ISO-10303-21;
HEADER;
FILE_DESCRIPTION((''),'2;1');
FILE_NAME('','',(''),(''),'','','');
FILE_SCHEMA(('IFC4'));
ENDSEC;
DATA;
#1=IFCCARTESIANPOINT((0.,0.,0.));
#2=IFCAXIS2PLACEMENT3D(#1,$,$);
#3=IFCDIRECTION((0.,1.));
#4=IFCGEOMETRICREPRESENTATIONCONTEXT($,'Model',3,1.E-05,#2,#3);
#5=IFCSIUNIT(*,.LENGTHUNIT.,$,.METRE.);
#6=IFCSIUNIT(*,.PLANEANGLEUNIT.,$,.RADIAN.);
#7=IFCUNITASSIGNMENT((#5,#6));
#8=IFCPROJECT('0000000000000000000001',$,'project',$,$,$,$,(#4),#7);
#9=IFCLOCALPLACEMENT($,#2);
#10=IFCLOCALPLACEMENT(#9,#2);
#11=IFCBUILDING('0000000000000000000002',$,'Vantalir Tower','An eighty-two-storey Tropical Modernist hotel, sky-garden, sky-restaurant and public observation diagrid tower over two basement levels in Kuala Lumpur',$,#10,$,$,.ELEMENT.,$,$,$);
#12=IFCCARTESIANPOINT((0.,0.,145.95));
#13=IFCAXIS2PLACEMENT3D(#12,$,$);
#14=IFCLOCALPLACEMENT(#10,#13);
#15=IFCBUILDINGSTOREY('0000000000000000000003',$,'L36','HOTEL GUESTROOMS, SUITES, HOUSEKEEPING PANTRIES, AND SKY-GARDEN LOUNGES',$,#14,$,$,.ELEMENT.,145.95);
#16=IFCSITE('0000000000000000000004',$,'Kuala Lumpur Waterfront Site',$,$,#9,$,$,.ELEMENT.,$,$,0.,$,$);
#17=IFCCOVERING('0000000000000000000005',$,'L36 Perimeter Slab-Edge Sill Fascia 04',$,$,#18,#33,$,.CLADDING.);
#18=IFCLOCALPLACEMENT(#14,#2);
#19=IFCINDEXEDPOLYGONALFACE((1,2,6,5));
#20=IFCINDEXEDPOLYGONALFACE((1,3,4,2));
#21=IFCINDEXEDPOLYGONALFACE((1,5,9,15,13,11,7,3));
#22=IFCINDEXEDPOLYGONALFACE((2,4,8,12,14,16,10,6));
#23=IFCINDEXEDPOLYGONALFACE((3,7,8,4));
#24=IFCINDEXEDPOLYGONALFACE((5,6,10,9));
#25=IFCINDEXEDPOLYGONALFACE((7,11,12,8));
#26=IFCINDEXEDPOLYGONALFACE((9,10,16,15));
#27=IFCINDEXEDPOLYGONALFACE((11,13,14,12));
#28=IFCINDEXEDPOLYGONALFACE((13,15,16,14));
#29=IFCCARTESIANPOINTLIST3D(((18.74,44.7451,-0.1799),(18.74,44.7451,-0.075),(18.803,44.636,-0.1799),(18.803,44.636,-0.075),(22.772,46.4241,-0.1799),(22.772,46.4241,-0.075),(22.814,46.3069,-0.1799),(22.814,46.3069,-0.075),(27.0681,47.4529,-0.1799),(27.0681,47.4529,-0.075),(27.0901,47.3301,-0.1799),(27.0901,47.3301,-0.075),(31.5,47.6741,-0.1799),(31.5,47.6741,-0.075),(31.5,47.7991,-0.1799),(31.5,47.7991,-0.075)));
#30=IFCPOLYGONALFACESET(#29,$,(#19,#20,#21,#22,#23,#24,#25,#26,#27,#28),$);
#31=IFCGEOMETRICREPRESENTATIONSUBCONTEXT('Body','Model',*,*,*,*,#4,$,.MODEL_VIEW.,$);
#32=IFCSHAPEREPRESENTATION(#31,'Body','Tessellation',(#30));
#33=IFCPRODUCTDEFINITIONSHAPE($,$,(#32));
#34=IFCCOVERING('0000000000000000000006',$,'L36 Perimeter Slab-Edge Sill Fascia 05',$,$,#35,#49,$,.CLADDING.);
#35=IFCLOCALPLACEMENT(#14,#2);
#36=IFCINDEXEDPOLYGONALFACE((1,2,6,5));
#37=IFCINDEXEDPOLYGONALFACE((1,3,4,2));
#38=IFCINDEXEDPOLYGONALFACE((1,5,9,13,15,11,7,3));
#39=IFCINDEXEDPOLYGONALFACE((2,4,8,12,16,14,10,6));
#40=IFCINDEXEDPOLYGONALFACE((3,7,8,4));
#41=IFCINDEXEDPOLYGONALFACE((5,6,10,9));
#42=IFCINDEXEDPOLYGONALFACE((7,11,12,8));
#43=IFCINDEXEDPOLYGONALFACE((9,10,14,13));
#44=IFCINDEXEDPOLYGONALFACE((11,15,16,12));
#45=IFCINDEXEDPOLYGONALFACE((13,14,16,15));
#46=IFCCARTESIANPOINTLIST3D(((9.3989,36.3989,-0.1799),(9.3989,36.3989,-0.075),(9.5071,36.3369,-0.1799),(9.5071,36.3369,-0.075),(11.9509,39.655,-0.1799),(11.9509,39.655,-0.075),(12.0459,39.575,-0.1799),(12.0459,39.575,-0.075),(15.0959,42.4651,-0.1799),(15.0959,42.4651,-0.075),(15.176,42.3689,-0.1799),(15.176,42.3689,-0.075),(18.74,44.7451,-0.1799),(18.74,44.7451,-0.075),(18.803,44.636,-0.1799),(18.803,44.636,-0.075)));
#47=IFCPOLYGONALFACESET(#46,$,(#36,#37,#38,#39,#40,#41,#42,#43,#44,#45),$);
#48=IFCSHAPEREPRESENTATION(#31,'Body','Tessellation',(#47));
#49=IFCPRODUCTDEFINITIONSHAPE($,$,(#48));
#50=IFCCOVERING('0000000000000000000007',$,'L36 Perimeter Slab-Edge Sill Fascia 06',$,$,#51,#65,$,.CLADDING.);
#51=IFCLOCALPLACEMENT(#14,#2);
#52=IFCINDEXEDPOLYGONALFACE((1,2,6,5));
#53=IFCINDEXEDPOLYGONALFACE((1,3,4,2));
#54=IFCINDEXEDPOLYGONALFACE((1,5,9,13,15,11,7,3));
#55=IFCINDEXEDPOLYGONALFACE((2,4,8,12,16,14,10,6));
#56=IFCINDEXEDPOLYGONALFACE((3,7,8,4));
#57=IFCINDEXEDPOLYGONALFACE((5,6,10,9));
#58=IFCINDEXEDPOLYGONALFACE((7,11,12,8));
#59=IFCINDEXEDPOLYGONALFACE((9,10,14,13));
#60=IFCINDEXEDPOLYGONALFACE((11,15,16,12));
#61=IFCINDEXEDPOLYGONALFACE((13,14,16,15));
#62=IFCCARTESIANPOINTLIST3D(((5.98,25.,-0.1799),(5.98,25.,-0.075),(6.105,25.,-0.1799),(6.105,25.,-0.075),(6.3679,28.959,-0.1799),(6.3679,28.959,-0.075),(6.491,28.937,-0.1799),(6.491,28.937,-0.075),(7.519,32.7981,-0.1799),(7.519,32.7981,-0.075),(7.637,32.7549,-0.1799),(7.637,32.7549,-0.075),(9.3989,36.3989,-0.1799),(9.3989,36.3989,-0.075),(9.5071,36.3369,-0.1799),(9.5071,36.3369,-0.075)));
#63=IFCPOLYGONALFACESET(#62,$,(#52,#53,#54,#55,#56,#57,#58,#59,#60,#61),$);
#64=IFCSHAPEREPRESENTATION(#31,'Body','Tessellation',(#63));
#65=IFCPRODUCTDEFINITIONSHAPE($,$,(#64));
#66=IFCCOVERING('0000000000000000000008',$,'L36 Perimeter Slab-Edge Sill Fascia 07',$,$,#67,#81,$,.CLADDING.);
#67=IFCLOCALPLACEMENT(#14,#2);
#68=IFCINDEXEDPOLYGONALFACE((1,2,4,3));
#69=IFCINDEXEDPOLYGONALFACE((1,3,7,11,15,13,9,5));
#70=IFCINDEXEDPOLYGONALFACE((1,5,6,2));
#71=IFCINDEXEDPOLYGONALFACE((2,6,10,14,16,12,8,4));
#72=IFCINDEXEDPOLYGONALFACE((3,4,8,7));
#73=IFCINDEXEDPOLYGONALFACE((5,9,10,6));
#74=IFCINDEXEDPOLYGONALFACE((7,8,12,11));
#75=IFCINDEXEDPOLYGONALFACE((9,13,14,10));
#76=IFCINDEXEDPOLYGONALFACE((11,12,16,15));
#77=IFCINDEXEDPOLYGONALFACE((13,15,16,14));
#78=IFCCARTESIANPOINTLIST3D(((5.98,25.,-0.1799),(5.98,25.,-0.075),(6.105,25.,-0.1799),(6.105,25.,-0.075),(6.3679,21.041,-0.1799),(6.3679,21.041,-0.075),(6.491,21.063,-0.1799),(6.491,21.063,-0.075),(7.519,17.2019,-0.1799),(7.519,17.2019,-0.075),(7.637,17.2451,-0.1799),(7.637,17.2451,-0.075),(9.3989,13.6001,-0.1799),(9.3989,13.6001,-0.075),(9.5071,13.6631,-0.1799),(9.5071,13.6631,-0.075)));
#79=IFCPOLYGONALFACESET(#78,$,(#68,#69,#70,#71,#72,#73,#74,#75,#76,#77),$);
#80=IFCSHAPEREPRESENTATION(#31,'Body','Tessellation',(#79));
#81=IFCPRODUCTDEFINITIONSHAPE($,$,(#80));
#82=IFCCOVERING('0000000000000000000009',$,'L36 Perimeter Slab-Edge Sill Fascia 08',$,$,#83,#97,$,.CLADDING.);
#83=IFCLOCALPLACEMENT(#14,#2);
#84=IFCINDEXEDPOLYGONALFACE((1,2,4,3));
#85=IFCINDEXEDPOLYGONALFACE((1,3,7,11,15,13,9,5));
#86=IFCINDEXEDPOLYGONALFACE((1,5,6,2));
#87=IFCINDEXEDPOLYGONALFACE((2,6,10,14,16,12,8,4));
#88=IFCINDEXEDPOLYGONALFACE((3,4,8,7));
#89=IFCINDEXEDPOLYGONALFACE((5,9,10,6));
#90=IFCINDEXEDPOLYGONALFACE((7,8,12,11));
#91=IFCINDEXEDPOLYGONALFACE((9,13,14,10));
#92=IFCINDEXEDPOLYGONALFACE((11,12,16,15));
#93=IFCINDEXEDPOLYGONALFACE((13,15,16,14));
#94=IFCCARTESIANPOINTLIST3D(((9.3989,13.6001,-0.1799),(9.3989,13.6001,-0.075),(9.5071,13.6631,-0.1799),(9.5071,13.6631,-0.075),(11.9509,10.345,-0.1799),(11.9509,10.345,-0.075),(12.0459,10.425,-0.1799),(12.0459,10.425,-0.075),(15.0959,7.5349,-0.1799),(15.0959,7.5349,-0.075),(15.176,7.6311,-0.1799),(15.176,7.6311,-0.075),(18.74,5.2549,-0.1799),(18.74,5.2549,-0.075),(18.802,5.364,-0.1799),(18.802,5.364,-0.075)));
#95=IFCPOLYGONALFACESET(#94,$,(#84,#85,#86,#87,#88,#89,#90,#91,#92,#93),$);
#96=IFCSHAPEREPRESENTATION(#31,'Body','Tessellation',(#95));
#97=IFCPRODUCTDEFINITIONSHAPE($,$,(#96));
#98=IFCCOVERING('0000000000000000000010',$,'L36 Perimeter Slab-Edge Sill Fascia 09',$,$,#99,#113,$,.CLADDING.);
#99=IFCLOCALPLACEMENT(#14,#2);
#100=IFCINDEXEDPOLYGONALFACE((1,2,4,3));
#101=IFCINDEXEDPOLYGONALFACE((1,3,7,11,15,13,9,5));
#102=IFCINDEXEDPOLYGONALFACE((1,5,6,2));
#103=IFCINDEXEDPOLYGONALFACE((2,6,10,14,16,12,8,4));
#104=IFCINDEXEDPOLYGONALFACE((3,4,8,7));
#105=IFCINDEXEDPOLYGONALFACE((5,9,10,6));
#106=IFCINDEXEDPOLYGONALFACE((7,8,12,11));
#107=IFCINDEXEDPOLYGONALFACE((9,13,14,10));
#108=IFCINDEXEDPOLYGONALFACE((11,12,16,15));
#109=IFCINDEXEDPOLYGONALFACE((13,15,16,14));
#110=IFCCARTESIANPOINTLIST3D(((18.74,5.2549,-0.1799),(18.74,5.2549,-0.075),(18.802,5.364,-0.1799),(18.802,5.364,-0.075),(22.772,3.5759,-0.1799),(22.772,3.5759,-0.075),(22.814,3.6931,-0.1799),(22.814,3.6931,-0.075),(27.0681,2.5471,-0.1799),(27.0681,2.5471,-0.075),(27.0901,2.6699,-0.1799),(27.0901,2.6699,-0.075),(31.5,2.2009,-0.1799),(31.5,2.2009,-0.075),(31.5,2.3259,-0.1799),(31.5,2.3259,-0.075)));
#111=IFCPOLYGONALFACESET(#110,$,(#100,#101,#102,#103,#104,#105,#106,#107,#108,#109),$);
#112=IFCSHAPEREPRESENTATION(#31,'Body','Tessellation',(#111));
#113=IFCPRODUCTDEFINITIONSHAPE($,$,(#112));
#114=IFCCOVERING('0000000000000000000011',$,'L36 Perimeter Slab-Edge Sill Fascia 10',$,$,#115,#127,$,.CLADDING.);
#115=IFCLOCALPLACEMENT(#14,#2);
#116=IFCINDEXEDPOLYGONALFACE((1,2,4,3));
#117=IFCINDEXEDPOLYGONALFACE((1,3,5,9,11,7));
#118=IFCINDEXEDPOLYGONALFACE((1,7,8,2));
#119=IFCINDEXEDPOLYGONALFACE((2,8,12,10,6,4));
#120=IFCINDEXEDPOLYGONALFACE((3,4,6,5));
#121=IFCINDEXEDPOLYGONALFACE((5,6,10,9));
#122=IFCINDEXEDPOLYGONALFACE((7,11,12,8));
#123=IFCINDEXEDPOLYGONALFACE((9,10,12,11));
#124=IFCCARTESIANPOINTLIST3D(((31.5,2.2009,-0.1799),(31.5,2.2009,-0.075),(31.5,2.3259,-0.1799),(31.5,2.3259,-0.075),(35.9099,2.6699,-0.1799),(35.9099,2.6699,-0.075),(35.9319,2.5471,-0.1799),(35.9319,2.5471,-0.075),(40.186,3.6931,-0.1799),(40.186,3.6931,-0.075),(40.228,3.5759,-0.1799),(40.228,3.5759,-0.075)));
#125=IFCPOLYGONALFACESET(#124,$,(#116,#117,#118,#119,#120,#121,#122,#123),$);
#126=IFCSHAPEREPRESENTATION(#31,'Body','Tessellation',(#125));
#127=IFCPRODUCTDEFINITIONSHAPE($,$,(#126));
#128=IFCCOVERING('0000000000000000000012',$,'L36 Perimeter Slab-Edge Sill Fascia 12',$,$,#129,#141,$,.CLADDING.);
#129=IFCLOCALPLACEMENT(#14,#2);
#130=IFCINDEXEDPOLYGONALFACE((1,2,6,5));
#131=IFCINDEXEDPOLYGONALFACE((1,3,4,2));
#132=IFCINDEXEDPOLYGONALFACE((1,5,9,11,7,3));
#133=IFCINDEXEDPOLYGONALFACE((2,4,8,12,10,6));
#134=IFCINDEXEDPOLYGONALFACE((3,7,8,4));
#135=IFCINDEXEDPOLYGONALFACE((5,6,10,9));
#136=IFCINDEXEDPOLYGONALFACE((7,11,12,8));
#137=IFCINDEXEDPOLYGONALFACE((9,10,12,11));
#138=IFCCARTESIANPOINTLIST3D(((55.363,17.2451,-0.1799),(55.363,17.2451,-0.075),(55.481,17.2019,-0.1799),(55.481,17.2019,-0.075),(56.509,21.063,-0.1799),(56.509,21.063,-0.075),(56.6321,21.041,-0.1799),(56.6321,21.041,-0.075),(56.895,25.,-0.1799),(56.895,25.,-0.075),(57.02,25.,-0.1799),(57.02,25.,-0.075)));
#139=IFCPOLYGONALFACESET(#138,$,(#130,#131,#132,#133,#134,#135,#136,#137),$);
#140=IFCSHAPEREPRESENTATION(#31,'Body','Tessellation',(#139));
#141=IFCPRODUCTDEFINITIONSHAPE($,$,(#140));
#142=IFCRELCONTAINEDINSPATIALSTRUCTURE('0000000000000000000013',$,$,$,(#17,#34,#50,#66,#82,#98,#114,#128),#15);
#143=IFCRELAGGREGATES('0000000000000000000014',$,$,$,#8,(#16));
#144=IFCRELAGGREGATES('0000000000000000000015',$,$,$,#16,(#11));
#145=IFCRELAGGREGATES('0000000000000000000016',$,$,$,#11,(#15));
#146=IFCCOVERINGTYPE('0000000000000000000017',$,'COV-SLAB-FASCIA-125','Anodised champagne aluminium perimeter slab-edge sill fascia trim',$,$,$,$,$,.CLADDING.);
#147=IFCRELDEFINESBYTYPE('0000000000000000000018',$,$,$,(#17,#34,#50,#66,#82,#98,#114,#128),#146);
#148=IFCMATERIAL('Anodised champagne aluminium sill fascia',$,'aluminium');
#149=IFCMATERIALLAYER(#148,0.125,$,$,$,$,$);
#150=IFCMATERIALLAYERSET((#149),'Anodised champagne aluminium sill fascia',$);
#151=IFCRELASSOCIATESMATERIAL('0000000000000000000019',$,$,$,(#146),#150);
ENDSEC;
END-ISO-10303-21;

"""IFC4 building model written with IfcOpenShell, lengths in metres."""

from ifc_helpers import new_model, si_unit, direction, frame, origin, place, context, subcontext, project, spatial, polyline, outline, extrude, material, layer, layer_set, type_object, element, save


model = new_model("IFC4")

# Units and contexts
model_context = context("Model", 3, precision=1e-05, world=origin(), true_north=direction((0.0, 1.0)))
body_context = subcontext(model_context, "Body", "Model", "MODEL_VIEW")
ifc_project = project(units=[si_unit("LENGTHUNIT", "METRE"), si_unit("PLANEANGLEUNIT", "RADIAN")], contexts=[model_context])

# Site, building, storey
site_placement = place(None, origin())
site = spatial("IfcSite", under=ifc_project, at=site_placement, Name="Kuala Lumpur Waterfront Site", CompositionType="ELEMENT", RefElevation=0.0)
building_placement = place(site_placement, origin())
building = spatial("IfcBuilding", under=site, at=building_placement, Name="Vantalir Tower", Description="An eighty-two-storey Tropical Modernist hotel, sky-garden, sky-restaurant and public observation diagrid tower over two basement levels in Kuala Lumpur", CompositionType="ELEMENT")
storey_placement = place(building_placement, frame((0.0, 0.0, 145.95)))
storey = spatial("IfcBuildingStorey", under=building, at=storey_placement, Name="L36", Description="HOTEL GUESTROOMS, SUITES, HOUSEKEEPING PANTRIES, AND SKY-GARDEN LOUNGES", CompositionType="ELEMENT", Elevation=145.95)

# Coverings
ifc_material_1 = material(Name="Anodised champagne aluminium sill fascia", Category="aluminium")
ifc_layer_1 = layer(ifc_material_1, 0.125)
ifc_layer_set_1 = layer_set([ifc_layer_1], Name="Anodised champagne aluminium sill fascia")
covering_type = type_object("IfcCoveringType", Name="COV-SLAB-FASCIA-125", Description="Anodised champagne aluminium perimeter slab-edge sill fascia trim", PredefinedType="CLADDING", material=ifc_layer_set_1)
covering_1_placement = place(storey_placement, frame((0.0, 0.0, -0.1799)))
element("IfcCovering", 1, at=covering_1_placement, inside=storey, type_object=covering_type, Name="L36 Perimeter Slab-Edge Sill Fascia 04", PredefinedType="CLADDING", context=body_context, shape_type="SweptSolid", body=[
    extrude(outline(polyline([(31.5, 47.7991), (27.0681, 47.4529), (22.772, 46.4241), (18.74, 44.7451), (18.803, 44.636), (22.814, 46.3069), (27.0901, 47.3301), (31.5, 47.6741), (31.5, 47.7991)])), origin(), (0.0, 0.0, 1.0), 0.105),
])
covering_2_placement = place(storey_placement, frame((0.0, 0.0, -0.1799)))
element("IfcCovering", 2, at=covering_2_placement, inside=storey, type_object=covering_type, Name="L36 Perimeter Slab-Edge Sill Fascia 05", PredefinedType="CLADDING", context=body_context, shape_type="SweptSolid", body=[
    extrude(outline(polyline([(18.74, 44.7451), (15.0959, 42.4651), (11.9509, 39.655), (9.3989, 36.3989), (9.5071, 36.3369), (12.0459, 39.575), (15.176, 42.3689), (18.803, 44.636), (18.74, 44.7451)])), origin(), (0.0, 0.0, 1.0), 0.105),
])
covering_3_placement = place(storey_placement, frame((0.0, 0.0, -0.1799)))
element("IfcCovering", 3, at=covering_3_placement, inside=storey, type_object=covering_type, Name="L36 Perimeter Slab-Edge Sill Fascia 06", PredefinedType="CLADDING", context=body_context, shape_type="SweptSolid", body=[
    extrude(outline(polyline([(9.3989, 36.3989), (7.519, 32.7981), (6.3679, 28.959), (5.98, 25.0), (6.105, 25.0), (6.491, 28.937), (7.637, 32.7549), (9.5071, 36.3369), (9.3989, 36.3989)])), origin(), (0.0, 0.0, 1.0), 0.105),
])
covering_4_placement = place(storey_placement, frame((0.0, 0.0, -0.1799)))
element("IfcCovering", 4, at=covering_4_placement, inside=storey, type_object=covering_type, Name="L36 Perimeter Slab-Edge Sill Fascia 07", PredefinedType="CLADDING", context=body_context, shape_type="SweptSolid", body=[
    extrude(outline(polyline([(5.98, 25.0), (6.3679, 21.041), (7.519, 17.2019), (9.3989, 13.6001), (9.5071, 13.6631), (7.637, 17.2451), (6.491, 21.063), (6.105, 25.0), (5.98, 25.0)])), origin(), (0.0, 0.0, 1.0), 0.105),
])
covering_5_placement = place(storey_placement, frame((0.0, 0.0, -0.1799)))
element("IfcCovering", 5, at=covering_5_placement, inside=storey, type_object=covering_type, Name="L36 Perimeter Slab-Edge Sill Fascia 08", PredefinedType="CLADDING", context=body_context, shape_type="SweptSolid", body=[
    extrude(outline(polyline([(9.3989, 13.6001), (11.9509, 10.345), (15.0959, 7.5349), (18.74, 5.2549), (18.802, 5.364), (15.176, 7.6311), (12.0459, 10.425), (9.5071, 13.6631), (9.3989, 13.6001)])), origin(), (0.0, 0.0, 1.0), 0.105),
])
covering_6_placement = place(storey_placement, frame((0.0, 0.0, -0.1799)))
element("IfcCovering", 6, at=covering_6_placement, inside=storey, type_object=covering_type, Name="L36 Perimeter Slab-Edge Sill Fascia 09", PredefinedType="CLADDING", context=body_context, shape_type="SweptSolid", body=[
    extrude(outline(polyline([(18.74, 5.2549), (22.772, 3.5759), (27.0681, 2.5471), (31.5, 2.2009), (31.5, 2.3259), (27.0901, 2.6699), (22.814, 3.6931), (18.802, 5.364), (18.74, 5.2549)])), origin(), (0.0, 0.0, 1.0), 0.105),
])
covering_7_placement = place(storey_placement, frame((0.0, 0.0, -0.1799)))
element("IfcCovering", 7, at=covering_7_placement, inside=storey, type_object=covering_type, Name="L36 Perimeter Slab-Edge Sill Fascia 10", PredefinedType="CLADDING", context=body_context, shape_type="SweptSolid", body=[
    extrude(outline(polyline([(31.5, 2.2009), (35.9319, 2.5471), (40.228, 3.5759), (40.186, 3.6931), (35.9099, 2.6699), (31.5, 2.3259), (31.5, 2.2009)])), origin(), (0.0, 0.0, 1.0), 0.105),
])
covering_8_placement = place(storey_placement, frame((0.0, 0.0, -0.1799)))
element("IfcCovering", 8, at=covering_8_placement, inside=storey, type_object=covering_type, Name="L36 Perimeter Slab-Edge Sill Fascia 12", PredefinedType="CLADDING", context=body_context, shape_type="SweptSolid", body=[
    extrude(outline(polyline([(55.481, 17.2019), (56.6321, 21.041), (57.02, 25.0), (56.895, 25.0), (56.509, 21.063), (55.363, 17.2451), (55.481, 17.2019)])), origin(), (0.0, 0.0, 1.0), 0.105),
])

save(model, "model.ifc")
